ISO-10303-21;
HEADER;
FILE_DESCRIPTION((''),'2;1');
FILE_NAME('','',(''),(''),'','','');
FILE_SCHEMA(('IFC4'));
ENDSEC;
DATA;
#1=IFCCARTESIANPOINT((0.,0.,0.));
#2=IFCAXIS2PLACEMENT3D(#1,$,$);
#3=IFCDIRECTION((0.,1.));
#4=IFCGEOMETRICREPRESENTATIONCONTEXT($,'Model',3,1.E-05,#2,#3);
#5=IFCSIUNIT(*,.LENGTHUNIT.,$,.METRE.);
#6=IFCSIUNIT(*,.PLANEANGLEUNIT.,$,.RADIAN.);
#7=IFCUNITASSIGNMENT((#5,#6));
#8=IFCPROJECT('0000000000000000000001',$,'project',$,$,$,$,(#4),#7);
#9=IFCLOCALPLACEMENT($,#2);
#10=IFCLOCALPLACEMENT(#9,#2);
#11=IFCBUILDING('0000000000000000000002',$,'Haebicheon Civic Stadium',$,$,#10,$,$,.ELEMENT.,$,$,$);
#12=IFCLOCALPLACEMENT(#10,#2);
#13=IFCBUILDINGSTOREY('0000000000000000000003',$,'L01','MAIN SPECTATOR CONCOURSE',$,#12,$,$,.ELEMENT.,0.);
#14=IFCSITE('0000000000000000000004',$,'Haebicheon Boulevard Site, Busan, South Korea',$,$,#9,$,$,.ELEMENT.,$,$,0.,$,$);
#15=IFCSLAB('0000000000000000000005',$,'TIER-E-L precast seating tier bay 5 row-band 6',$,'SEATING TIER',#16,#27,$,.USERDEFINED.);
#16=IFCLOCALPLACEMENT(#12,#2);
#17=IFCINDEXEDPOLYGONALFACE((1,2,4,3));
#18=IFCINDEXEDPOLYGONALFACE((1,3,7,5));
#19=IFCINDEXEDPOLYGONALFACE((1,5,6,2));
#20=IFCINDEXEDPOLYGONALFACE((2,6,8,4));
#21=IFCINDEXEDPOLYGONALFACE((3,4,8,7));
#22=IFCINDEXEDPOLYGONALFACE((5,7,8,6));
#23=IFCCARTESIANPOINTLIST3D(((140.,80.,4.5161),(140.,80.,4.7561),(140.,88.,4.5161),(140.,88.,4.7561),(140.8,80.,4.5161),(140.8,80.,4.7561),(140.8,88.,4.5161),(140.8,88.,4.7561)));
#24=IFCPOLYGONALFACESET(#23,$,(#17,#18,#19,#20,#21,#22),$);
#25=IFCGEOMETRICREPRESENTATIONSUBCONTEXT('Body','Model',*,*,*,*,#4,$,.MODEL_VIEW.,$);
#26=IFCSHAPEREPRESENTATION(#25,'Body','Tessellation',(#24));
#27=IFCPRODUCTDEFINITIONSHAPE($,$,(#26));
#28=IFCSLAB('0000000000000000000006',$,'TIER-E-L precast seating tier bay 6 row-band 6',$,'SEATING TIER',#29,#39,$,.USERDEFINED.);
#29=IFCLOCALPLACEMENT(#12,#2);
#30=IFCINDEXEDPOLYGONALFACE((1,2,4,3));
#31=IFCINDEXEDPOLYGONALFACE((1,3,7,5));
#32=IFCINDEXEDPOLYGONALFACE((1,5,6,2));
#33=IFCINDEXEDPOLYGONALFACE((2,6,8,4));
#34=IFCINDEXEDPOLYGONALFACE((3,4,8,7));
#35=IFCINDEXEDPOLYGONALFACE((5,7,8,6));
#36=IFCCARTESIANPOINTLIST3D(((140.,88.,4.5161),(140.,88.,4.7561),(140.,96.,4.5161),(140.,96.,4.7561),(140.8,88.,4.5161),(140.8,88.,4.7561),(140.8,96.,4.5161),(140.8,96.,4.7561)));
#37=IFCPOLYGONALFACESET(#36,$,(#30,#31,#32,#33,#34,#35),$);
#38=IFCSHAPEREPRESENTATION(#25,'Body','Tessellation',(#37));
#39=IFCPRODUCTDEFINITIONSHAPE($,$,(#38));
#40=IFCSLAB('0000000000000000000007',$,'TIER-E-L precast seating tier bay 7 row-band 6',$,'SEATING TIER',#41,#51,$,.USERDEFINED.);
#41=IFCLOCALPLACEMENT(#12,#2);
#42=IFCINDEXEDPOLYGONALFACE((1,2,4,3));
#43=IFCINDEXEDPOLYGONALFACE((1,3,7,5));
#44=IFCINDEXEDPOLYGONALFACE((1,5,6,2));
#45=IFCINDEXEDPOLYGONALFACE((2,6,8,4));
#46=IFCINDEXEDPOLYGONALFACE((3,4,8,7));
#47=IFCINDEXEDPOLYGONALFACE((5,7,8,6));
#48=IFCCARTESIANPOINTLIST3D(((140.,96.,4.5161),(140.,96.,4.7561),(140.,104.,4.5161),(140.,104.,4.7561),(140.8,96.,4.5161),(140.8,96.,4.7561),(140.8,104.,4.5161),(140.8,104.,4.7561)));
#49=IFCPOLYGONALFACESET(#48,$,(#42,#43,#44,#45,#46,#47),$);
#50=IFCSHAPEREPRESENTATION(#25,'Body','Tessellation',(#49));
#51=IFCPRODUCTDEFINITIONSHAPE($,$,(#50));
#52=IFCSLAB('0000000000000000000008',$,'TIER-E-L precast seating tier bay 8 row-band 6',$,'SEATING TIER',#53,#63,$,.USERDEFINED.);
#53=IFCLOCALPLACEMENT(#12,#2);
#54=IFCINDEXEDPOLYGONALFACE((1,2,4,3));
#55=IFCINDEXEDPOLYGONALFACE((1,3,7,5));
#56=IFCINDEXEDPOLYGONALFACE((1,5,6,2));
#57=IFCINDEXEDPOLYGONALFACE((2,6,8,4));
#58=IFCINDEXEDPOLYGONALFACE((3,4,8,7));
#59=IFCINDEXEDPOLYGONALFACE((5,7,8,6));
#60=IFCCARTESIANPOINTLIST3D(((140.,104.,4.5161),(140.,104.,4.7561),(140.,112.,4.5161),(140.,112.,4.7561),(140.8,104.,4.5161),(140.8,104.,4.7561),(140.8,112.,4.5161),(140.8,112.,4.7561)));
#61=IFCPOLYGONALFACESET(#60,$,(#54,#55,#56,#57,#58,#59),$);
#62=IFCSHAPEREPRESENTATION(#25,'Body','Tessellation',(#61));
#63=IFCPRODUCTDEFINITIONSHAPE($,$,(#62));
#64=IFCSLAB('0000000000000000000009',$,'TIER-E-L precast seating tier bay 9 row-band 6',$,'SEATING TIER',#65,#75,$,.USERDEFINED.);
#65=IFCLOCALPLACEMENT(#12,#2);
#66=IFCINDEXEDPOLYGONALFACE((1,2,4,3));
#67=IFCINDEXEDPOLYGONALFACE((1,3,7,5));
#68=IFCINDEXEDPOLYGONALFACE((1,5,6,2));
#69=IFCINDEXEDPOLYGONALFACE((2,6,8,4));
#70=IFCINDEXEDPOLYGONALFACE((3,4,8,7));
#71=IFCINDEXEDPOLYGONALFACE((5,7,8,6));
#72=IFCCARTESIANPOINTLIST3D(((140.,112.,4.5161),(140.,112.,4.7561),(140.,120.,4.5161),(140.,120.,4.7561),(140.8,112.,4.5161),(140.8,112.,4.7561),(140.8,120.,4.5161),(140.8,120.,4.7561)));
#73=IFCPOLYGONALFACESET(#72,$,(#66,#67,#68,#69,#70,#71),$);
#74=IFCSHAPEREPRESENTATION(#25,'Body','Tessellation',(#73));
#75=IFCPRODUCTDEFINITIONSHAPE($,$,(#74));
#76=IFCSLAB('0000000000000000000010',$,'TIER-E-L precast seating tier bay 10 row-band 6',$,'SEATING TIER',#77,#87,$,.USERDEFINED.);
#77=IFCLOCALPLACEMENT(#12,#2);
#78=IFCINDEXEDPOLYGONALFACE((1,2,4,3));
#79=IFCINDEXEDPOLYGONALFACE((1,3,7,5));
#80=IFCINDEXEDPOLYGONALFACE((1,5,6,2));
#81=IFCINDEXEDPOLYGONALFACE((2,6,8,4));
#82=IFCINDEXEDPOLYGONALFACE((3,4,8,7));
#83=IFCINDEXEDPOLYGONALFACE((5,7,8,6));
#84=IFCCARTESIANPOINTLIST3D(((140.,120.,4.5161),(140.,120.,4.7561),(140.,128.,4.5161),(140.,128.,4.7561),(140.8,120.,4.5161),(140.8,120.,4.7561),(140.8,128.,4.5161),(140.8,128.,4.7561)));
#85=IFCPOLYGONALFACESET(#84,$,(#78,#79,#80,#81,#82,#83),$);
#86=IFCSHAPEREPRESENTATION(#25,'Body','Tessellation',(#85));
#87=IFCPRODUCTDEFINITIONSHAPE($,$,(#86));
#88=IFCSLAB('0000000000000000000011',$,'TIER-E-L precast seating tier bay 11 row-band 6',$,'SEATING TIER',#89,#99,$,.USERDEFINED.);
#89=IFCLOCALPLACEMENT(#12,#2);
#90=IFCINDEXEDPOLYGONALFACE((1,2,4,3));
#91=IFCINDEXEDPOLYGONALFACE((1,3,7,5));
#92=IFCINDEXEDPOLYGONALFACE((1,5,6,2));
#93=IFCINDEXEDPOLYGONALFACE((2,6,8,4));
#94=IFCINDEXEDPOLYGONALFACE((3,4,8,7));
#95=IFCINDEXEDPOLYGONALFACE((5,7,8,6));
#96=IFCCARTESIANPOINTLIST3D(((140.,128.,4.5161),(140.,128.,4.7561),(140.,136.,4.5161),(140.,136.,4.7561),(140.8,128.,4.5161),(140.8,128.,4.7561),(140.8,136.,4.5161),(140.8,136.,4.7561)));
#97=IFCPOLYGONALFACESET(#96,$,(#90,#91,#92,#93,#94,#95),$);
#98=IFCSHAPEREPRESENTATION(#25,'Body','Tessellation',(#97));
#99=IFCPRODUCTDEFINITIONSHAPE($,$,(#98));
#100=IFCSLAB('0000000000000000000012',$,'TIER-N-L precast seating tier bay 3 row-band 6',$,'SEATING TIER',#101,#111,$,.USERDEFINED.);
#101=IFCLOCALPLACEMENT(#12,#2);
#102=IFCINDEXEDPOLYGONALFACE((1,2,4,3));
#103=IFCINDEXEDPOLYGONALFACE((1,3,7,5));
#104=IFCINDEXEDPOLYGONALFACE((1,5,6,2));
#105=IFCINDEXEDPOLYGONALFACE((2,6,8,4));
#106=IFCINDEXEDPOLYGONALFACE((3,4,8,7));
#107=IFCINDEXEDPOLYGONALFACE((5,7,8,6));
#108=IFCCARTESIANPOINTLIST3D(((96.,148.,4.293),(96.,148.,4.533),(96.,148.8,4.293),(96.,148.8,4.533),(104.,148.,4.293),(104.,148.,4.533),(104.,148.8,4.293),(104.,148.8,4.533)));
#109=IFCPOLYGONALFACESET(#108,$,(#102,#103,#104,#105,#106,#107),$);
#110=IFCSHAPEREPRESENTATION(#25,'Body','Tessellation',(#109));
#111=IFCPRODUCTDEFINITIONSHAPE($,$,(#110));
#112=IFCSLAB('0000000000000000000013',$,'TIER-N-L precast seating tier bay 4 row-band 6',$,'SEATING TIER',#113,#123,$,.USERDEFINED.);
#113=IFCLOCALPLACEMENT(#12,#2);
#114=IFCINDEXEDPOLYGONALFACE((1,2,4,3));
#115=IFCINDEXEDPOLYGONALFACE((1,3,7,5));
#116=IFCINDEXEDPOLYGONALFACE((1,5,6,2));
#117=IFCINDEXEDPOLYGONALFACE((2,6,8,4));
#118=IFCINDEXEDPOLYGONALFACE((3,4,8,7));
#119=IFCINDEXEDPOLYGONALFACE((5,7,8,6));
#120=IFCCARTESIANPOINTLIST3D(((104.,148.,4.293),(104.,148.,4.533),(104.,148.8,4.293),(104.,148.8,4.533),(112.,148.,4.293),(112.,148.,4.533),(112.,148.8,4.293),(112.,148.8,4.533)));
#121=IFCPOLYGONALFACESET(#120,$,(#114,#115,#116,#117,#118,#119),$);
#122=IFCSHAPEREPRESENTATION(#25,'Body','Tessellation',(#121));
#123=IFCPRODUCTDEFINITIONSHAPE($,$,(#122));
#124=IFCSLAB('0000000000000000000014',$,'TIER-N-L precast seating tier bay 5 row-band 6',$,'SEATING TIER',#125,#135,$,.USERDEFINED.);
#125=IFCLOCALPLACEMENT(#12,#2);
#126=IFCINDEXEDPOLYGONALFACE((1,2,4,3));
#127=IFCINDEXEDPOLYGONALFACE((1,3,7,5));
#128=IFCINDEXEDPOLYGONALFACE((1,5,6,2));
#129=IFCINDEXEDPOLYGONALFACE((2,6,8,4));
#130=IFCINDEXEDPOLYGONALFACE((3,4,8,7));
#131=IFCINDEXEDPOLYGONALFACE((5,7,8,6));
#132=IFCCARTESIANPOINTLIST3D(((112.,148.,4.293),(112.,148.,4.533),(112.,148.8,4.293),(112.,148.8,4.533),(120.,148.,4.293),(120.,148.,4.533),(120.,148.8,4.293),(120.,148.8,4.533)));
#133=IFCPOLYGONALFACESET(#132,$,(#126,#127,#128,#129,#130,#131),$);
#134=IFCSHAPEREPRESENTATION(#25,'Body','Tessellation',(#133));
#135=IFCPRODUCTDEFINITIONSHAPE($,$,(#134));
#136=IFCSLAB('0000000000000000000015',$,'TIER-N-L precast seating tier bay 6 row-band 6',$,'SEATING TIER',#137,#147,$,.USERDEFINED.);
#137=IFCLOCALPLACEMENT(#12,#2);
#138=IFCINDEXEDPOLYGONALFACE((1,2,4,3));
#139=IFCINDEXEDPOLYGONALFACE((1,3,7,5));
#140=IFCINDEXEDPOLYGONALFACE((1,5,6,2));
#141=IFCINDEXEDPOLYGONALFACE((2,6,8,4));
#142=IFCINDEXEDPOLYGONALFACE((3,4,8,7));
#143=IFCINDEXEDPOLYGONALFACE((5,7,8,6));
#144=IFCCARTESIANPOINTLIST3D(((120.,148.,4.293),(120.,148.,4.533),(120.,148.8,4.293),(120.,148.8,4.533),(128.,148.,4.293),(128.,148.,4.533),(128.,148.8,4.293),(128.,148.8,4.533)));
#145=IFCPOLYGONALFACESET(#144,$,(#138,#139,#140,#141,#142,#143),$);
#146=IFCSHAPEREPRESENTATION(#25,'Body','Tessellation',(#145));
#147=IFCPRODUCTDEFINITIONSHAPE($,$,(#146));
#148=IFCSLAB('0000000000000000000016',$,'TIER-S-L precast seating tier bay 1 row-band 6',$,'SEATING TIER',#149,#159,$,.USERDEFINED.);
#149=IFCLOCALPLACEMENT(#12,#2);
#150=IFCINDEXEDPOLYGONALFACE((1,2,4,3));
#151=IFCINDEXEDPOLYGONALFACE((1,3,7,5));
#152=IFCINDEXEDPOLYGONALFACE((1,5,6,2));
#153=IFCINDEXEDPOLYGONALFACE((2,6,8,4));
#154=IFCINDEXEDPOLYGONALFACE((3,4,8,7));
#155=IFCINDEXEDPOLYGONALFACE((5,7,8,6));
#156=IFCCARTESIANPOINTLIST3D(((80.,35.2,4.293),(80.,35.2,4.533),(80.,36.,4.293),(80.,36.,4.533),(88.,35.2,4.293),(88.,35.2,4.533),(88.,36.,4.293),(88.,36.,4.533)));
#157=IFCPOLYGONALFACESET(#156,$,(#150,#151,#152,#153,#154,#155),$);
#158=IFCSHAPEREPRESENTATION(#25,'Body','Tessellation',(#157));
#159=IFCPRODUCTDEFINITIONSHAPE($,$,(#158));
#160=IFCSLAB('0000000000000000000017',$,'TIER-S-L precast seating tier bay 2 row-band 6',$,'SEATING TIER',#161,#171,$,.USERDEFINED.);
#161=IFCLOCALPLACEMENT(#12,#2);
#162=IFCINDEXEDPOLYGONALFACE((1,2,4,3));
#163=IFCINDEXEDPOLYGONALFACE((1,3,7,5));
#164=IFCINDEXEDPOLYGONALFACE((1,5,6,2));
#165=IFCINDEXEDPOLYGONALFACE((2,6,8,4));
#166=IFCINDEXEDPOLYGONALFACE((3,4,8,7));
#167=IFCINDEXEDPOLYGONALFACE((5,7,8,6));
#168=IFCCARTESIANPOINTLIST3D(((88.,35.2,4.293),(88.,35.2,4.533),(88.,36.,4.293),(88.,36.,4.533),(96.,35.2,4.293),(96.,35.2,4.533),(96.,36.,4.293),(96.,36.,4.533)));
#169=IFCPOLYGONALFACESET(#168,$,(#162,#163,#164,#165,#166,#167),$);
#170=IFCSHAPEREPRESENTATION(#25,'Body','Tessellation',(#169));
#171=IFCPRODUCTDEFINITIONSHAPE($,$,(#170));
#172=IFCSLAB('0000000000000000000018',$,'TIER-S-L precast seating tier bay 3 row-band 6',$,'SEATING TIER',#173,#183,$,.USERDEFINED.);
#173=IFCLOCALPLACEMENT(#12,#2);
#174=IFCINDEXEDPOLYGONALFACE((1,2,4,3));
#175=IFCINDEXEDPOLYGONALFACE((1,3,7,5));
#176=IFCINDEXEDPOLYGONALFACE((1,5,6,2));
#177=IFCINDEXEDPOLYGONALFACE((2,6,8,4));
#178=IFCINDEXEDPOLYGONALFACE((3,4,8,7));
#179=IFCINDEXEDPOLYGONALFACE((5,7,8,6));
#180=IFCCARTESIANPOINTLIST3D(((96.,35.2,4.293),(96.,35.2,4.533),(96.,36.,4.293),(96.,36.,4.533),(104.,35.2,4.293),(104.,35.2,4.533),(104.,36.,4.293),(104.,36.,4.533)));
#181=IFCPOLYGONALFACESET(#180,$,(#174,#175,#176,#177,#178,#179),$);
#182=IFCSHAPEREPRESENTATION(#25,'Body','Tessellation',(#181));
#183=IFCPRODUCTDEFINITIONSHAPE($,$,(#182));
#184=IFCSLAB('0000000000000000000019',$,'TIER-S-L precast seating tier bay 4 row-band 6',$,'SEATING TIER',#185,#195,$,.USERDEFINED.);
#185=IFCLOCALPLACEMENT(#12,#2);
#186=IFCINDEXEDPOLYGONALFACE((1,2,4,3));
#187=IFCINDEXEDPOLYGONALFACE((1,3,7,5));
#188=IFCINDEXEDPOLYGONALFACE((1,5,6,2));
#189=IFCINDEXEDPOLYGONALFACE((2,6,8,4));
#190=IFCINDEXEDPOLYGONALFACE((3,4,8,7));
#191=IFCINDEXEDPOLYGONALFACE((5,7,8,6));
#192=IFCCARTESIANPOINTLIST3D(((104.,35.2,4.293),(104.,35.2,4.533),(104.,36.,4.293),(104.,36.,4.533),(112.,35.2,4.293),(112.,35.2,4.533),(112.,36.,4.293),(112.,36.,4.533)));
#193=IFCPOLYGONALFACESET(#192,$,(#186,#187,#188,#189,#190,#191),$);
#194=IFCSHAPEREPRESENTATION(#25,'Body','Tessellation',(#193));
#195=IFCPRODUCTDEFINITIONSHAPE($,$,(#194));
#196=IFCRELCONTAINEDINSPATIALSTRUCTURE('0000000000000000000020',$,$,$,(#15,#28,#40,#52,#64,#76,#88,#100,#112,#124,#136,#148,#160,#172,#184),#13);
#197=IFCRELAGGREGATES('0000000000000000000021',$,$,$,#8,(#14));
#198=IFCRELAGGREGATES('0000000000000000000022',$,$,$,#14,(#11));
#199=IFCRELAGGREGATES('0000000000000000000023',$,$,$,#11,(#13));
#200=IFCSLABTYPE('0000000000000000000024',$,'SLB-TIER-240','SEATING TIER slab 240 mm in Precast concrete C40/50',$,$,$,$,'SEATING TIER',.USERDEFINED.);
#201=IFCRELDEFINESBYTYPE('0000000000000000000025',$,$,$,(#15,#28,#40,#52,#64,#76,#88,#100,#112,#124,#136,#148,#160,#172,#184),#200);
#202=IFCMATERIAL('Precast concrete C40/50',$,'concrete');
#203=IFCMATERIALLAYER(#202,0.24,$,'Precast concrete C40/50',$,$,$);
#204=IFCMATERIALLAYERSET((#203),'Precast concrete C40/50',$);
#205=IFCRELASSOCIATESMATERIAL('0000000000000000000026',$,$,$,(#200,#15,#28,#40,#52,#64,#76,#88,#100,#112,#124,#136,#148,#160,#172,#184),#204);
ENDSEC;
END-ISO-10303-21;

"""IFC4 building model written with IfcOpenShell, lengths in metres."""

from ifc_helpers import new_model, si_unit, direction, frame, origin, place, context, subcontext, project, spatial, polyline, outline, extrude, material, layer, layer_set, type_object, element, save


model = new_model("IFC4")

# Units and contexts
model_context = context("Model", 3, precision=1e-05, world=origin(), true_north=direction((0.0, 1.0)))
body_context = subcontext(model_context, "Body", "Model", "MODEL_VIEW")
ifc_project = project(units=[si_unit("LENGTHUNIT", "METRE"), si_unit("PLANEANGLEUNIT", "RADIAN")], contexts=[model_context])

# Site, building, storey
site_placement = place(None, origin())
site = spatial("IfcSite", under=ifc_project, at=site_placement, Name="Haebicheon Boulevard Site, Busan, South Korea", CompositionType="ELEMENT", RefElevation=0.0)
building_placement = place(site_placement, origin())
building = spatial("IfcBuilding", under=site, at=building_placement, Name="Haebicheon Civic Stadium", CompositionType="ELEMENT")
storey_placement = place(building_placement, origin())
storey = spatial("IfcBuildingStorey", under=building, at=storey_placement, Name="L01", Description="MAIN SPECTATOR CONCOURSE", CompositionType="ELEMENT", Elevation=0.0)

# Slabs
ifc_material = material(Name="Precast concrete C40/50", Category="concrete")
ifc_layer = layer(ifc_material, 0.24, Name="Precast concrete C40/50")
ifc_layer_set = layer_set([ifc_layer], Name="Precast concrete C40/50")
slab_type = type_object("IfcSlabType", Name="SLB-TIER-240", Description="SEATING TIER slab 240 mm in Precast concrete C40/50", ElementType="SEATING TIER", PredefinedType="USERDEFINED", material=ifc_layer_set)
slab_1_placement = place(storey_placement, frame((0.0, 0.0, 4.5161)))
element("IfcSlab", 1, at=slab_1_placement, inside=storey, type_object=slab_type, material=ifc_layer_set, Name="TIER-E-L precast seating tier bay 5 row-band 6", ObjectType="SEATING TIER", PredefinedType="USERDEFINED", context=body_context, shape_type="SweptSolid", body=[
    extrude(outline(polyline([(140.0, 80.0), (140.8, 80.0), (140.8, 88.0), (140.0, 88.0), (140.0, 80.0)])), origin(), (0.0, 0.0, 1.0), 0.24),
])
slab_2_placement = place(storey_placement, frame((0.0, 0.0, 4.5161)))
element("IfcSlab", 2, at=slab_2_placement, inside=storey, type_object=slab_type, material=ifc_layer_set, Name="TIER-E-L precast seating tier bay 6 row-band 6", ObjectType="SEATING TIER", PredefinedType="USERDEFINED", context=body_context, shape_type="SweptSolid", body=[
    extrude(outline(polyline([(140.0, 88.0), (140.8, 88.0), (140.8, 96.0), (140.0, 96.0), (140.0, 88.0)])), origin(), (0.0, 0.0, 1.0), 0.24),
])
slab_3_placement = place(storey_placement, frame((0.0, 0.0, 4.5161)))
element("IfcSlab", 3, at=slab_3_placement, inside=storey, type_object=slab_type, material=ifc_layer_set, Name="TIER-E-L precast seating tier bay 7 row-band 6", ObjectType="SEATING TIER", PredefinedType="USERDEFINED", context=body_context, shape_type="SweptSolid", body=[
    extrude(outline(polyline([(140.0, 96.0), (140.8, 96.0), (140.8, 104.0), (140.0, 104.0), (140.0, 96.0)])), origin(), (0.0, 0.0, 1.0), 0.24),
])
slab_4_placement = place(storey_placement, frame((0.0, 0.0, 4.5161)))
element("IfcSlab", 4, at=slab_4_placement, inside=storey, type_object=slab_type, material=ifc_layer_set, Name="TIER-E-L precast seating tier bay 8 row-band 6", ObjectType="SEATING TIER", PredefinedType="USERDEFINED", context=body_context, shape_type="SweptSolid", body=[
    extrude(outline(polyline([(140.0, 104.0), (140.8, 104.0), (140.8, 112.0), (140.0, 112.0), (140.0, 104.0)])), origin(), (0.0, 0.0, 1.0), 0.24),
])
slab_5_placement = place(storey_placement, frame((0.0, 0.0, 4.5161)))
element("IfcSlab", 5, at=slab_5_placement, inside=storey, type_object=slab_type, material=ifc_layer_set, Name="TIER-E-L precast seating tier bay 9 row-band 6", ObjectType="SEATING TIER", PredefinedType="USERDEFINED", context=body_context, shape_type="SweptSolid", body=[
    extrude(outline(polyline([(140.0, 112.0), (140.8, 112.0), (140.8, 120.0), (140.0, 120.0), (140.0, 112.0)])), origin(), (0.0, 0.0, 1.0), 0.24),
])
slab_6_placement = place(storey_placement, frame((0.0, 0.0, 4.5161)))
element("IfcSlab", 6, at=slab_6_placement, inside=storey, type_object=slab_type, material=ifc_layer_set, Name="TIER-E-L precast seating tier bay 10 row-band 6", ObjectType="SEATING TIER", PredefinedType="USERDEFINED", context=body_context, shape_type="SweptSolid", body=[
    extrude(outline(polyline([(140.0, 120.0), (140.8, 120.0), (140.8, 128.0), (140.0, 128.0), (140.0, 120.0)])), origin(), (0.0, 0.0, 1.0), 0.24),
])
slab_7_placement = place(storey_placement, frame((0.0, 0.0, 4.5161)))
element("IfcSlab", 7, at=slab_7_placement, inside=storey, type_object=slab_type, material=ifc_layer_set, Name="TIER-E-L precast seating tier bay 11 row-band 6", ObjectType="SEATING TIER", PredefinedType="USERDEFINED", context=body_context, shape_type="SweptSolid", body=[
    extrude(outline(polyline([(140.0, 128.0), (140.8, 128.0), (140.8, 136.0), (140.0, 136.0), (140.0, 128.0)])), origin(), (0.0, 0.0, 1.0), 0.24),
])
slab_8_placement = place(storey_placement, frame((0.0, 0.0, 4.293)))
element("IfcSlab", 8, at=slab_8_placement, inside=storey, type_object=slab_type, material=ifc_layer_set, Name="TIER-N-L precast seating tier bay 3 row-band 6", ObjectType="SEATING TIER", PredefinedType="USERDEFINED", context=body_context, shape_type="SweptSolid", body=[
    extrude(outline(polyline([(96.0, 148.0), (104.0, 148.0), (104.0, 148.8), (96.0, 148.8), (96.0, 148.0)])), origin(), (0.0, 0.0, 1.0), 0.24),
])
slab_9_placement = place(storey_placement, frame((0.0, 0.0, 4.293)))
element("IfcSlab", 9, at=slab_9_placement, inside=storey, type_object=slab_type, material=ifc_layer_set, Name="TIER-N-L precast seating tier bay 4 row-band 6", ObjectType="SEATING TIER", PredefinedType="USERDEFINED", context=body_context, shape_type="SweptSolid", body=[
    extrude(outline(polyline([(104.0, 148.0), (112.0, 148.0), (112.0, 148.8), (104.0, 148.8), (104.0, 148.0)])), origin(), (0.0, 0.0, 1.0), 0.24),
])
slab_10_placement = place(storey_placement, frame((0.0, 0.0, 4.293)))
element("IfcSlab", 10, at=slab_10_placement, inside=storey, type_object=slab_type, material=ifc_layer_set, Name="TIER-N-L precast seating tier bay 5 row-band 6", ObjectType="SEATING TIER", PredefinedType="USERDEFINED", context=body_context, shape_type="SweptSolid", body=[
    extrude(outline(polyline([(112.0, 148.0), (120.0, 148.0), (120.0, 148.8), (112.0, 148.8), (112.0, 148.0)])), origin(), (0.0, 0.0, 1.0), 0.24),
])
slab_11_placement = place(storey_placement, frame((0.0, 0.0, 4.293)))
element("IfcSlab", 11, at=slab_11_placement, inside=storey, type_object=slab_type, material=ifc_layer_set, Name="TIER-N-L precast seating tier bay 6 row-band 6", ObjectType="SEATING TIER", PredefinedType="USERDEFINED", context=body_context, shape_type="SweptSolid", body=[
    extrude(outline(polyline([(120.0, 148.0), (128.0, 148.0), (128.0, 148.8), (120.0, 148.8), (120.0, 148.0)])), origin(), (0.0, 0.0, 1.0), 0.24),
])
slab_12_placement = place(storey_placement, frame((0.0, 0.0, 4.293)))
element("IfcSlab", 12, at=slab_12_placement, inside=storey, type_object=slab_type, material=ifc_layer_set, Name="TIER-S-L precast seating tier bay 1 row-band 6", ObjectType="SEATING TIER", PredefinedType="USERDEFINED", context=body_context, shape_type="SweptSolid", body=[
    extrude(outline(polyline([(80.0, 35.2), (88.0, 35.2), (88.0, 36.0), (80.0, 36.0), (80.0, 35.2)])), origin(), (0.0, 0.0, 1.0), 0.24),
])
slab_13_placement = place(storey_placement, frame((0.0, 0.0, 4.293)))
element("IfcSlab", 13, at=slab_13_placement, inside=storey, type_object=slab_type, material=ifc_layer_set, Name="TIER-S-L precast seating tier bay 2 row-band 6", ObjectType="SEATING TIER", PredefinedType="USERDEFINED", context=body_context, shape_type="SweptSolid", body=[
    extrude(outline(polyline([(88.0, 35.2), (96.0, 35.2), (96.0, 36.0), (88.0, 36.0), (88.0, 35.2)])), origin(), (0.0, 0.0, 1.0), 0.24),
])
slab_14_placement = place(storey_placement, frame((0.0, 0.0, 4.293)))
element("IfcSlab", 14, at=slab_14_placement, inside=storey, type_object=slab_type, material=ifc_layer_set, Name="TIER-S-L precast seating tier bay 3 row-band 6", ObjectType="SEATING TIER", PredefinedType="USERDEFINED", context=body_context, shape_type="SweptSolid", body=[
    extrude(outline(polyline([(96.0, 35.2), (104.0, 35.2), (104.0, 36.0), (96.0, 36.0), (96.0, 35.2)])), origin(), (0.0, 0.0, 1.0), 0.24),
])
slab_15_placement = place(storey_placement, frame((0.0, 0.0, 4.293)))
element("IfcSlab", 15, at=slab_15_placement, inside=storey, type_object=slab_type, material=ifc_layer_set, Name="TIER-S-L precast seating tier bay 4 row-band 6", ObjectType="SEATING TIER", PredefinedType="USERDEFINED", context=body_context, shape_type="SweptSolid", body=[
    extrude(outline(polyline([(104.0, 35.2), (112.0, 35.2), (112.0, 36.0), (104.0, 36.0), (104.0, 35.2)])), origin(), (0.0, 0.0, 1.0), 0.24),
])

save(model, "model.ifc")
